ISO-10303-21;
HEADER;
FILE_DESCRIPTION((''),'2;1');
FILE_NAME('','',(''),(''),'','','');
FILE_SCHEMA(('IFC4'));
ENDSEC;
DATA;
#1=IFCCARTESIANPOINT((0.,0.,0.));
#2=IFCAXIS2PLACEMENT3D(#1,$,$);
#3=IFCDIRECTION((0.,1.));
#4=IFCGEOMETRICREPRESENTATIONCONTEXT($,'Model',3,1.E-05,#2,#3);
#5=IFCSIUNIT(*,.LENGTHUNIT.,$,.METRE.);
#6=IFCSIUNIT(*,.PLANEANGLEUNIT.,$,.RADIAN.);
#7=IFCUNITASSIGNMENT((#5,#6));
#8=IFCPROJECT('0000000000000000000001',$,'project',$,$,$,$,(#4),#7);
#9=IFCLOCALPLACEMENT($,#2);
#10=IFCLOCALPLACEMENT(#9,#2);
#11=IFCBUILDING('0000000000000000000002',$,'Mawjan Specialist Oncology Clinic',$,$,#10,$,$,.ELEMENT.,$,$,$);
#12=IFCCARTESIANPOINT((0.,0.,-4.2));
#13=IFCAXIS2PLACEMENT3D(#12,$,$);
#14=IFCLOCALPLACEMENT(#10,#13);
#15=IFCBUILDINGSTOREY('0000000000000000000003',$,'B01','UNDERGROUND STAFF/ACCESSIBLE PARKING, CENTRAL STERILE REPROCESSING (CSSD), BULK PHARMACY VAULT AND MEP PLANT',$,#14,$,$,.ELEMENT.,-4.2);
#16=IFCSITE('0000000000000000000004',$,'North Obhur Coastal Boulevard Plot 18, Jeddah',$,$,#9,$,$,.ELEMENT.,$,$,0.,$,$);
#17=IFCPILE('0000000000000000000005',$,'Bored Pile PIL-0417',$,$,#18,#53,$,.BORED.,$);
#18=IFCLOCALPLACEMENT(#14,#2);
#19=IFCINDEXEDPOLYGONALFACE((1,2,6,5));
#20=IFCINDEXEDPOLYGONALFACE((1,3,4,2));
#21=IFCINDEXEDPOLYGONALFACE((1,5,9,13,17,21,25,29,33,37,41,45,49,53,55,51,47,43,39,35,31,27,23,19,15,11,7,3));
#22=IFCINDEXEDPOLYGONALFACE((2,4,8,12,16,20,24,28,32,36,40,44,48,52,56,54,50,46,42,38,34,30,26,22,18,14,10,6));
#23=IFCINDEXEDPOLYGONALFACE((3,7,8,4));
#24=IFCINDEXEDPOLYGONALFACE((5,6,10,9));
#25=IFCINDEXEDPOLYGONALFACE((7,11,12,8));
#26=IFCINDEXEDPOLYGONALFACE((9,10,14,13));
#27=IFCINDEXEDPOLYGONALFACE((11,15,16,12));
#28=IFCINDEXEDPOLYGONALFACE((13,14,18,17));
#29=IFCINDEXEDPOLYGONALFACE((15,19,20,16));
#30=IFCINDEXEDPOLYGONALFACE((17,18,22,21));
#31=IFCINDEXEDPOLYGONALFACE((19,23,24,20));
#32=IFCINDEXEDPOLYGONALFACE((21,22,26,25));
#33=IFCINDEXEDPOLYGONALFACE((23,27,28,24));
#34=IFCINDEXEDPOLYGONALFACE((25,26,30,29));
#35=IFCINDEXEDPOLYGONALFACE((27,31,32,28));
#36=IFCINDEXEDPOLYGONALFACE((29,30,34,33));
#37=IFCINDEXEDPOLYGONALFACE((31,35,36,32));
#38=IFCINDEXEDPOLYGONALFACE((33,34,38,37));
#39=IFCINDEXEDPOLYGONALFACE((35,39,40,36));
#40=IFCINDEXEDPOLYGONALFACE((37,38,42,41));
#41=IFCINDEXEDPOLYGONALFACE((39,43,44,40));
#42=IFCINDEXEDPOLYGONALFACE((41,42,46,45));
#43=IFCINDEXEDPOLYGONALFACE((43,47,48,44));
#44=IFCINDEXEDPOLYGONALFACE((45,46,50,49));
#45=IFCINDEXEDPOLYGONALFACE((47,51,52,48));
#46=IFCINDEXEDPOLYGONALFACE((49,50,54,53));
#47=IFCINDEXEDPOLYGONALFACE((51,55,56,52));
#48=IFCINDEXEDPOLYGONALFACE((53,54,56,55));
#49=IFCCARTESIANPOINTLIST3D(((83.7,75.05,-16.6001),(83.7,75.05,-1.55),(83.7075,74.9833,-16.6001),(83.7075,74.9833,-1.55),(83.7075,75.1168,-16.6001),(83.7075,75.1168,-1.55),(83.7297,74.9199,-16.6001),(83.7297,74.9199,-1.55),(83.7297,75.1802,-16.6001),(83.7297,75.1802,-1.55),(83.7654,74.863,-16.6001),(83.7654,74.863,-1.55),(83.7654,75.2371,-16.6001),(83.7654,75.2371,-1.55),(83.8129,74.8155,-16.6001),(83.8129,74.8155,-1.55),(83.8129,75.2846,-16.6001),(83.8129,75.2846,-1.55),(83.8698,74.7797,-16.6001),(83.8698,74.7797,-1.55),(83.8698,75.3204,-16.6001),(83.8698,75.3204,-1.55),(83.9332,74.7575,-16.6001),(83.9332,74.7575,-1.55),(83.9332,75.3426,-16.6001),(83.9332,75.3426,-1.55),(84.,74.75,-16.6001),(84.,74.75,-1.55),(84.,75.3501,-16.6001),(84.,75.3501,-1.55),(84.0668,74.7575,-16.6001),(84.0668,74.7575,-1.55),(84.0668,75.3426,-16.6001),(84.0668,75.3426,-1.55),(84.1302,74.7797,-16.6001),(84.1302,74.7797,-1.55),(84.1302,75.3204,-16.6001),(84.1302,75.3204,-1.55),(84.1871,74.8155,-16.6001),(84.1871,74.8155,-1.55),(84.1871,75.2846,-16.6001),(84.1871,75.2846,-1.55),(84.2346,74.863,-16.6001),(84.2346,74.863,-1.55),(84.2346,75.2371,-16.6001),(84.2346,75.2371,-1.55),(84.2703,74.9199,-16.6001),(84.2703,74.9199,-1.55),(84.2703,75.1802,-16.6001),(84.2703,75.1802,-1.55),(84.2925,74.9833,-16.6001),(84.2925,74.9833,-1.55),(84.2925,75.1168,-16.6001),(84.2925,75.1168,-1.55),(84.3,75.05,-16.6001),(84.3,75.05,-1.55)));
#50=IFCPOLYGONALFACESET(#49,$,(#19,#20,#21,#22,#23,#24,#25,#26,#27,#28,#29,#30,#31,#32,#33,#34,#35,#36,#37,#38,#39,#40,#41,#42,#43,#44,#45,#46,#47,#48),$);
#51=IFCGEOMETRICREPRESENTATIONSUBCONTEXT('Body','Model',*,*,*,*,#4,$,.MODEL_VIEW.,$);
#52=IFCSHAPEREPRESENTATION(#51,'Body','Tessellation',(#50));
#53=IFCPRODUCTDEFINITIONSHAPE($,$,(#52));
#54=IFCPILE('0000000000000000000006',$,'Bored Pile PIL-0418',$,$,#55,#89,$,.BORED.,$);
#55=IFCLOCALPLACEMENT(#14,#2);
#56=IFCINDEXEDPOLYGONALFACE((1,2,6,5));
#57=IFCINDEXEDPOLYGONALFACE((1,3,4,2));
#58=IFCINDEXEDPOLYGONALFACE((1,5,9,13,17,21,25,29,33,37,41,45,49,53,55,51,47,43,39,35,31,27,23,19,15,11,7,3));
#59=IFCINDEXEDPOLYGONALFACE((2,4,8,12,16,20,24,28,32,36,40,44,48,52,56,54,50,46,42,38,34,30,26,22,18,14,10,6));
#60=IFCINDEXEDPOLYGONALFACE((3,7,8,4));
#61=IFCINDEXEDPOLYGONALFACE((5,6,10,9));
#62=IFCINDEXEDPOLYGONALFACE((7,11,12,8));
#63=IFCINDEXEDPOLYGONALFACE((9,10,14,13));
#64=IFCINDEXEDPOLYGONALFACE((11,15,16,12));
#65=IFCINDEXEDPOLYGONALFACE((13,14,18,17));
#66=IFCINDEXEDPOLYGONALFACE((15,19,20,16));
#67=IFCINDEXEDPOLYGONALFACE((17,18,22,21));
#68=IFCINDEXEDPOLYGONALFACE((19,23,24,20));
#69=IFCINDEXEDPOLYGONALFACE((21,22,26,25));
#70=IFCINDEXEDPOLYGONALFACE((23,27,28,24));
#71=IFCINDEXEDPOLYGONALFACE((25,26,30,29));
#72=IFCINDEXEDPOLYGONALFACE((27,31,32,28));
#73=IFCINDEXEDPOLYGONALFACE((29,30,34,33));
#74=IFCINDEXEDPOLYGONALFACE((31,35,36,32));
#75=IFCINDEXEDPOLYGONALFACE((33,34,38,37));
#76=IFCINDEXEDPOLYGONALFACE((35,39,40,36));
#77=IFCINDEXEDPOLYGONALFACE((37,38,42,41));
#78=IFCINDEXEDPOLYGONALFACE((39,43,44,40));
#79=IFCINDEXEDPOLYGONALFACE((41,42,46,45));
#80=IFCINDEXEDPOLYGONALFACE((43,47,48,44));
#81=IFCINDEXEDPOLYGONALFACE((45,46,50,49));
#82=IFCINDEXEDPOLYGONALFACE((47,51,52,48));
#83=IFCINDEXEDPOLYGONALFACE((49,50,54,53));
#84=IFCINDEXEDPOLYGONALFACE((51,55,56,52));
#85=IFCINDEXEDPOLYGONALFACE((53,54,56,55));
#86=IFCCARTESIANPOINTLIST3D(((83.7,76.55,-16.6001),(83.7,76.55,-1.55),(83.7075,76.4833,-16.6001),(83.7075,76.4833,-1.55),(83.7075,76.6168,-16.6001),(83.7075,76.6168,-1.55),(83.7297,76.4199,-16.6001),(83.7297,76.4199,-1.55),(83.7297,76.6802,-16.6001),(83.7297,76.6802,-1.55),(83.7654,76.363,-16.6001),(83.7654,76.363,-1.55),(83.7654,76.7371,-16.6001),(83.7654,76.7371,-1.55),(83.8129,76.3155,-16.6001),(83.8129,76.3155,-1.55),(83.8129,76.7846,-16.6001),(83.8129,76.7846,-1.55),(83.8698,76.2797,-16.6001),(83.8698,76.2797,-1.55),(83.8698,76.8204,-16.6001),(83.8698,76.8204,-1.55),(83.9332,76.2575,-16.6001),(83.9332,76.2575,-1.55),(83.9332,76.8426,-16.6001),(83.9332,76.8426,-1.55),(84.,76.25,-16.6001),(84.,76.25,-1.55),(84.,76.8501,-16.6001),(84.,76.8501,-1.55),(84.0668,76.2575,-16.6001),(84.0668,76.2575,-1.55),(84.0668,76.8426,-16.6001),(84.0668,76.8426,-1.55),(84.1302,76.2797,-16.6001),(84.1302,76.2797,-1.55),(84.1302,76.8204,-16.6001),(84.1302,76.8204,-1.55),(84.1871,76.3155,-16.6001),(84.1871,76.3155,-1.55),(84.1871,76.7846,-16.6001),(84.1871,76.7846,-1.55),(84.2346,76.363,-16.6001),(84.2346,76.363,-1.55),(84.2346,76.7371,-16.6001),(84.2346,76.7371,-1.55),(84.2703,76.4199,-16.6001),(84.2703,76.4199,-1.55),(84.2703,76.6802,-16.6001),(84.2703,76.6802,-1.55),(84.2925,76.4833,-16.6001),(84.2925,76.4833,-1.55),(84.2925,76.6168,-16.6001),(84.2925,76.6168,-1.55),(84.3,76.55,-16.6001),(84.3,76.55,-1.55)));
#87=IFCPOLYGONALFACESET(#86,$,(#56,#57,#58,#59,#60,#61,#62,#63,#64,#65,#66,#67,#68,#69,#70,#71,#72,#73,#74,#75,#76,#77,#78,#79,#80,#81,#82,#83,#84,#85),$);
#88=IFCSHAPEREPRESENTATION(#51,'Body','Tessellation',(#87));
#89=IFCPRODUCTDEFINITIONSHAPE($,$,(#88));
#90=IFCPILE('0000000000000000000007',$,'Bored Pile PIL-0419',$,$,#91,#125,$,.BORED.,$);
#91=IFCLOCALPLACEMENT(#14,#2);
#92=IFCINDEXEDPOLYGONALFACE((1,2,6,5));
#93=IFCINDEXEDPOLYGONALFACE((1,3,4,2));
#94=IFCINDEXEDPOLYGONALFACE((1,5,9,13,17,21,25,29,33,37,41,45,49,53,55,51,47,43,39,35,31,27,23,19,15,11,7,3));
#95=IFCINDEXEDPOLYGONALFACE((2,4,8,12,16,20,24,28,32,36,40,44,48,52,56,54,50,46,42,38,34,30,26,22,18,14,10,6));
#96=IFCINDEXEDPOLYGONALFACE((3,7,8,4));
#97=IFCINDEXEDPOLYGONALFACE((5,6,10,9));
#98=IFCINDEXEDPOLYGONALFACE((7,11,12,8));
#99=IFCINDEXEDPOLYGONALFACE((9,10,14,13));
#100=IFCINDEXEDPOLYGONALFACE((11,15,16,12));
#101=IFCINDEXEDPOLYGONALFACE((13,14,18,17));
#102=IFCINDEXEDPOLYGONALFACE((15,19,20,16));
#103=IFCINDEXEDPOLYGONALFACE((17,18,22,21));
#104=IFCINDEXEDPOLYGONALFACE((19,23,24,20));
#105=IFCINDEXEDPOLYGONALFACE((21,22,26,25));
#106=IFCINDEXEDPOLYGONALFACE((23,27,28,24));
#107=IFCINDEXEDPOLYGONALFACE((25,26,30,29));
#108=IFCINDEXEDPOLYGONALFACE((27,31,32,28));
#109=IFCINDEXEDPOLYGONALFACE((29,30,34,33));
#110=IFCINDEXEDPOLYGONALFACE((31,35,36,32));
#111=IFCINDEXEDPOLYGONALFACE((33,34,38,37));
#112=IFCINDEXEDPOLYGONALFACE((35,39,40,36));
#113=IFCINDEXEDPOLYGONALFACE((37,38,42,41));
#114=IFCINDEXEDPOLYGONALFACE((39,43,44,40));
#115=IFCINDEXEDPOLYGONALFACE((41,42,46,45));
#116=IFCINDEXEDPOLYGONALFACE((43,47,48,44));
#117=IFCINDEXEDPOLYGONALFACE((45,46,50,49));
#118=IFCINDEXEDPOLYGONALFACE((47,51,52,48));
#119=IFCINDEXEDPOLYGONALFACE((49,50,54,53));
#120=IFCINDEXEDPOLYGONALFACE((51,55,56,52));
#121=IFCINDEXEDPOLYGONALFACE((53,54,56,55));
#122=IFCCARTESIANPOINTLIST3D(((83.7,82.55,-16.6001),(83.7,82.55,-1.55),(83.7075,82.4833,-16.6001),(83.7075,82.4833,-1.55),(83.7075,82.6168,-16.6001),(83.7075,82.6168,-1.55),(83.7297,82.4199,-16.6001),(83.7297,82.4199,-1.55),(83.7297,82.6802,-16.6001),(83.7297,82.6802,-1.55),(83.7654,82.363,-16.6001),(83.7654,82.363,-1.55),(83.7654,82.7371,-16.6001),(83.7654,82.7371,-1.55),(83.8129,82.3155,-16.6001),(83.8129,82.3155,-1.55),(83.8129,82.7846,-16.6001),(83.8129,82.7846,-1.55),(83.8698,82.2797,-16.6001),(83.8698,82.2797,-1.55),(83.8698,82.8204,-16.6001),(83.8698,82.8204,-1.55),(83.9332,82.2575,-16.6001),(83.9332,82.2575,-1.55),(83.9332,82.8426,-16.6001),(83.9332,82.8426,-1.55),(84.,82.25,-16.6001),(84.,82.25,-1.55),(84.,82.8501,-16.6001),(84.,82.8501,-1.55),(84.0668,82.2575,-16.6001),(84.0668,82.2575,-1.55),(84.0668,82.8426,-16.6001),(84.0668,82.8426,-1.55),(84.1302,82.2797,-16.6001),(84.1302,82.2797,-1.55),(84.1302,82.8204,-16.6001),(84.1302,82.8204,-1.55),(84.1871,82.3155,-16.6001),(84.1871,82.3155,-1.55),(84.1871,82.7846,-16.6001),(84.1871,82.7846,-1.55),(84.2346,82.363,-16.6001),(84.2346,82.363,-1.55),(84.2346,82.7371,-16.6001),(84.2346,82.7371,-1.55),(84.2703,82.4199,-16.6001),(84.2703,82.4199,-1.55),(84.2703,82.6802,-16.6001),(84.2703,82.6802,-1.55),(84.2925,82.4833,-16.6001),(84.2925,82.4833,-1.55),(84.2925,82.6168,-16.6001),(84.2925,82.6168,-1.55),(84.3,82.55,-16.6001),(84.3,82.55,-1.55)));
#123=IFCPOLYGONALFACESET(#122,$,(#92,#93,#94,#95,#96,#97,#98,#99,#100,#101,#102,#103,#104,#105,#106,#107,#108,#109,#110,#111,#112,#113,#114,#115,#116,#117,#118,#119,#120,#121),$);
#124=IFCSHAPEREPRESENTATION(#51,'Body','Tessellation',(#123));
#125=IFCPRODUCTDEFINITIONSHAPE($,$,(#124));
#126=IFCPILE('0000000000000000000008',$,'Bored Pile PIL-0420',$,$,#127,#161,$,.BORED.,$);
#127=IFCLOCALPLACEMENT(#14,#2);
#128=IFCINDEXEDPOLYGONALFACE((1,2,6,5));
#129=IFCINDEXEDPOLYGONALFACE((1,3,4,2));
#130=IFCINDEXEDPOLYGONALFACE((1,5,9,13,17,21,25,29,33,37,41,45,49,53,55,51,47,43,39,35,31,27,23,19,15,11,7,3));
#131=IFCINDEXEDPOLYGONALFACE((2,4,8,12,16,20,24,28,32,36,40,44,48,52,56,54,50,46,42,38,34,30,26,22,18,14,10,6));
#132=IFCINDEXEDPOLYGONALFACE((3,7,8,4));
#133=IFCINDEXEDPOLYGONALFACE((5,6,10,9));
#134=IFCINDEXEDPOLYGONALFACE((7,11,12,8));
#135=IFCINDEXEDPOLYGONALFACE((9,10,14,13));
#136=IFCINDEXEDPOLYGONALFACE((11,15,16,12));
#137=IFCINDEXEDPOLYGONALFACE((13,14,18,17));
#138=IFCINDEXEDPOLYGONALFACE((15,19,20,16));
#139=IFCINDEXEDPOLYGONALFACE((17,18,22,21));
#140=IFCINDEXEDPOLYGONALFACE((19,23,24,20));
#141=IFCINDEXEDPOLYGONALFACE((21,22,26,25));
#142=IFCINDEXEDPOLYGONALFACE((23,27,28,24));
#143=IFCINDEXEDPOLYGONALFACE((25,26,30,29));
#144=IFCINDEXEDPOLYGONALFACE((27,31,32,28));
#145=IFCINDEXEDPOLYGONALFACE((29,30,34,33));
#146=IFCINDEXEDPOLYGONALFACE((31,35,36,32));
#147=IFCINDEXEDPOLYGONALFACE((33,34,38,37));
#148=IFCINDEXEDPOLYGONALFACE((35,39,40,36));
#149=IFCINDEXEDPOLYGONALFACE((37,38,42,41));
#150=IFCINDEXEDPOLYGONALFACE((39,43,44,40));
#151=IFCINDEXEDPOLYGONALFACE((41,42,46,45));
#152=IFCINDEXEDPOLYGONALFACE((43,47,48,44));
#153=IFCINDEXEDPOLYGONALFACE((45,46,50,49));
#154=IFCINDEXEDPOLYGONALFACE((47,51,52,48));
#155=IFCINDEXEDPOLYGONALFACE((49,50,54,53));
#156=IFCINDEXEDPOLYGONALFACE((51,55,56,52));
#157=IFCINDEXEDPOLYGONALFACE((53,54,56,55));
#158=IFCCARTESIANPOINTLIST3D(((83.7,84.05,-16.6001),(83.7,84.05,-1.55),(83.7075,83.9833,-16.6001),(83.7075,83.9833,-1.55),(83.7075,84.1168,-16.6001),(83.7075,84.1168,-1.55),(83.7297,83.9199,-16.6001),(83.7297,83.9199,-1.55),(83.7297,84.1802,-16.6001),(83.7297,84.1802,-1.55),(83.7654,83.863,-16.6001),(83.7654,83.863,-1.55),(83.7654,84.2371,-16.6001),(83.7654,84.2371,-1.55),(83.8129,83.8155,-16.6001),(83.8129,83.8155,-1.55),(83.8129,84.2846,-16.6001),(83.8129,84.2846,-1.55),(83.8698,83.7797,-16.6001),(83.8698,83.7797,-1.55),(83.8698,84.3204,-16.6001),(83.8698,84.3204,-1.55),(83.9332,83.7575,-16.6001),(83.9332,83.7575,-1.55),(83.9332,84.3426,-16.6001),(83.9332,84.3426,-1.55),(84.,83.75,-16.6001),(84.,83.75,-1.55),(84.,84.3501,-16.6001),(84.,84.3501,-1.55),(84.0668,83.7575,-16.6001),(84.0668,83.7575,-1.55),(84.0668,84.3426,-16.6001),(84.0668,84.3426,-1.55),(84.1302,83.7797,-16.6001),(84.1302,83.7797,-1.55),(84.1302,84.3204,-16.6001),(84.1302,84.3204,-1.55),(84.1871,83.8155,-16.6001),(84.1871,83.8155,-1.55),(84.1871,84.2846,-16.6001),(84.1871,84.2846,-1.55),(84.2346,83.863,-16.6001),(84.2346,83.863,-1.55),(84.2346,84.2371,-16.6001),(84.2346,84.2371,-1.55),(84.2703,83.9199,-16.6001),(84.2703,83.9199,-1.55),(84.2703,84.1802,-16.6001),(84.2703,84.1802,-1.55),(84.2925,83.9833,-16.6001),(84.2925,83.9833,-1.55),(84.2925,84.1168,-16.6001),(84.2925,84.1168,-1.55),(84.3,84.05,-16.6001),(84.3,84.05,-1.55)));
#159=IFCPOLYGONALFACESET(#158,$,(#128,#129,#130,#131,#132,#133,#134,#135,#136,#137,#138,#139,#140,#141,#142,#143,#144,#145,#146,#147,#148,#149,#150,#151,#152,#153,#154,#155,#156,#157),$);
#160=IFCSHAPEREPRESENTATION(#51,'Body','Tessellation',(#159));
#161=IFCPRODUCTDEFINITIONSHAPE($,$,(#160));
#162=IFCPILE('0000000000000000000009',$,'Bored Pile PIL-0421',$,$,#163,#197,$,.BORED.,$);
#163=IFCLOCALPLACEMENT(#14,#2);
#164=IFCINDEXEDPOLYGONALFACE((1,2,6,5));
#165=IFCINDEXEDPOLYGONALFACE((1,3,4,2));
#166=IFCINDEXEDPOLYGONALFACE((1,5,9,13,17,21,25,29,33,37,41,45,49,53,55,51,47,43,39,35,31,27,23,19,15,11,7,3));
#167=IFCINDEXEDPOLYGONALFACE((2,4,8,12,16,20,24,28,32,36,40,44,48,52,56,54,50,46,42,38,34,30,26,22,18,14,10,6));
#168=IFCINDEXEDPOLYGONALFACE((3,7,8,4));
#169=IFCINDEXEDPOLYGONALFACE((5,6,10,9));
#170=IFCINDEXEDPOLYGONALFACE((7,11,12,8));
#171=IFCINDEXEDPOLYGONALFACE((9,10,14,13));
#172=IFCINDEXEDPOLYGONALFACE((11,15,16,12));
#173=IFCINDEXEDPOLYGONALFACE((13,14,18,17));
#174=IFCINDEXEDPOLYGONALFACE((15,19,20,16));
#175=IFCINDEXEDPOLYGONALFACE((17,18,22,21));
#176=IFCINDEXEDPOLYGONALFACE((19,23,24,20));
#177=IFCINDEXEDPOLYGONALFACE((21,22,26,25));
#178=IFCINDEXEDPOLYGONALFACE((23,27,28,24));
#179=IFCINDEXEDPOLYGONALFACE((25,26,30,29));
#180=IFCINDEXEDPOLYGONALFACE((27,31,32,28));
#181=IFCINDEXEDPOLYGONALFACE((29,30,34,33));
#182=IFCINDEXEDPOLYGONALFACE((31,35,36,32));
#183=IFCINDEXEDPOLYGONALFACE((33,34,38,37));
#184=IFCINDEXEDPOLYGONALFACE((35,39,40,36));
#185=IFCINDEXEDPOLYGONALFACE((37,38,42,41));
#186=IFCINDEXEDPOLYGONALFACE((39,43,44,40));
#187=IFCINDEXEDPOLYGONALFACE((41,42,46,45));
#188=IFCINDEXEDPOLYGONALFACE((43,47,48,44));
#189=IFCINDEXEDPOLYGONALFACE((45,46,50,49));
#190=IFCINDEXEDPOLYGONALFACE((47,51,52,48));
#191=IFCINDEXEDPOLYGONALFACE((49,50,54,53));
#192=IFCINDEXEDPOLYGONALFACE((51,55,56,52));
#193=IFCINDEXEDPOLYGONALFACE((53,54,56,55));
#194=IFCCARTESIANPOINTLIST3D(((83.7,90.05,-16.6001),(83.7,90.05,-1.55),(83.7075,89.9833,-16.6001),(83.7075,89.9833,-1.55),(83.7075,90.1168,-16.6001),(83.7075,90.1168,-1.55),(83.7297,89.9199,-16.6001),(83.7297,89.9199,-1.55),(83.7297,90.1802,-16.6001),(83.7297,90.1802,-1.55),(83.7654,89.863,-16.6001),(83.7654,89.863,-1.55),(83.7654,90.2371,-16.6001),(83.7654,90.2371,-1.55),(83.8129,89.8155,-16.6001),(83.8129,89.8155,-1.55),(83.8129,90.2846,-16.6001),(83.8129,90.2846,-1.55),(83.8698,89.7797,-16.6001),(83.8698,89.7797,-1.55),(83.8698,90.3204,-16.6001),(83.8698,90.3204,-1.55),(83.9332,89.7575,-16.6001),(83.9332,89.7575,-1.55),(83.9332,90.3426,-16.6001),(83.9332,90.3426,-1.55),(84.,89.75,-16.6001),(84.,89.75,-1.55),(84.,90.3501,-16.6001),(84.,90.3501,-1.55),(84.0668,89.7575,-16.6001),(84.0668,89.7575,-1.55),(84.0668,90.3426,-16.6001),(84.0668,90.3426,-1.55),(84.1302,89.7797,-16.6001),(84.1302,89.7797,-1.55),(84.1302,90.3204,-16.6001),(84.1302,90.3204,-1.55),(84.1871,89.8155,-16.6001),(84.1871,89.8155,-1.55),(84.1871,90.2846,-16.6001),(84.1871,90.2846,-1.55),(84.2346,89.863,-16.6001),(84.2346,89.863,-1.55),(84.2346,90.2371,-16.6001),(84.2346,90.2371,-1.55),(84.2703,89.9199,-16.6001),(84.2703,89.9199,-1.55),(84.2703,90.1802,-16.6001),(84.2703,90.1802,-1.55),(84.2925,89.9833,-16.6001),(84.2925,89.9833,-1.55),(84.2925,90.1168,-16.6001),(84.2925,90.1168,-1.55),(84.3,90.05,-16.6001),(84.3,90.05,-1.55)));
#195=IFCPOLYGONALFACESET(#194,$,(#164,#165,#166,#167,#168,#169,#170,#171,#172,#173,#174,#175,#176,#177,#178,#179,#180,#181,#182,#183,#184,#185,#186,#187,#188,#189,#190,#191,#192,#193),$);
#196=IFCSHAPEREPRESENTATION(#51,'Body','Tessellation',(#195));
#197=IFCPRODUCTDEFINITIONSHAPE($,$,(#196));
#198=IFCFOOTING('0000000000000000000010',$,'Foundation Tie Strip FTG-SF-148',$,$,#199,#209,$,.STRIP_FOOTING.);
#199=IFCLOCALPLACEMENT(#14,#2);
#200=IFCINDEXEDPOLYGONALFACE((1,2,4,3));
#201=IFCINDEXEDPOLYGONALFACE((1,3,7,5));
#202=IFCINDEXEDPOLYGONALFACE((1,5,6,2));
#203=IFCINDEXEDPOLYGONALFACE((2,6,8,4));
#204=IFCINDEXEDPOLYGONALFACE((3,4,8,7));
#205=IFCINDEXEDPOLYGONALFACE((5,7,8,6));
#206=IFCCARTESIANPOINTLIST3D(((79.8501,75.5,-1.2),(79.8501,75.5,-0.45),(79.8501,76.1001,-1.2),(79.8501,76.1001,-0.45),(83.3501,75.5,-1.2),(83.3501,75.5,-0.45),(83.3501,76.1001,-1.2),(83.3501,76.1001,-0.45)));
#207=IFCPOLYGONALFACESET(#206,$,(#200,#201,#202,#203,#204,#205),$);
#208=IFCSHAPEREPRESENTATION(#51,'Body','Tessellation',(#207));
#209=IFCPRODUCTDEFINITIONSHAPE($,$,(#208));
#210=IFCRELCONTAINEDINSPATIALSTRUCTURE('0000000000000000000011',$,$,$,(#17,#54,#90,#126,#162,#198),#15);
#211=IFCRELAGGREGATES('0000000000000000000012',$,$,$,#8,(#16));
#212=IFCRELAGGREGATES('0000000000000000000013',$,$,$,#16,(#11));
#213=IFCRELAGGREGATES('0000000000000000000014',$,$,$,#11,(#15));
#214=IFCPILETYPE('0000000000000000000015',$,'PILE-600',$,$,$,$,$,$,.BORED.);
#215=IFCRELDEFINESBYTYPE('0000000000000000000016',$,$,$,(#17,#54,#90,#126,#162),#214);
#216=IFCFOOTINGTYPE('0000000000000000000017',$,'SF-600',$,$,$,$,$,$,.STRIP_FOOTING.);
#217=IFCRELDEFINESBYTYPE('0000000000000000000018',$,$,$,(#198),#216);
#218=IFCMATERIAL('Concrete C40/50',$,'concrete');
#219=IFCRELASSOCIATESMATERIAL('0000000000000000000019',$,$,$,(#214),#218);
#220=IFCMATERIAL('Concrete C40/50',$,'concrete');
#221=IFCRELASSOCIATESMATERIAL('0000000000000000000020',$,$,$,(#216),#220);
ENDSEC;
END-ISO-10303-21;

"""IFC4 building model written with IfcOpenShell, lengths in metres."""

from ifc_helpers import new_model, si_unit, direction, frame, origin, origin_2d, place, context, subcontext, project, spatial, rectangle, circle, extrude, material, material_profile, profile_set, type_object, element, save


model = new_model("IFC4")

# Units and contexts
model_context = context("Model", 3, precision=1e-05, world=origin(), true_north=direction((0.0, 1.0)))
body_context = subcontext(model_context, "Body", "Model", "MODEL_VIEW")
ifc_project = project(units=[si_unit("LENGTHUNIT", "METRE"), si_unit("PLANEANGLEUNIT", "RADIAN")], contexts=[model_context])

# Site, building, storey
site_placement = place(None, origin())
site = spatial("IfcSite", under=ifc_project, at=site_placement, Name="North Obhur Coastal Boulevard Plot 18, Jeddah", CompositionType="ELEMENT", RefElevation=0.0)
building_placement = place(site_placement, origin())
building = spatial("IfcBuilding", under=site, at=building_placement, Name="Mawjan Specialist Oncology Clinic", CompositionType="ELEMENT")
storey_placement = place(building_placement, frame((0.0, 0.0, -4.2)))
storey = spatial("IfcBuildingStorey", under=building, at=storey_placement, Name="B01", Description="UNDERGROUND STAFF/ACCESSIBLE PARKING, CENTRAL STERILE REPROCESSING (CSSD), BULK PHARMACY VAULT AND MEP PLANT", CompositionType="ELEMENT", Elevation=-4.2)

# Piles
ifc_material_1 = material(Name="Concrete C40/50", Category="concrete")
ifc_material_profile_1 = material_profile(ifc_material_1, circle(Radius=0.3, at=origin_2d()), Name="BORED PILE D600", Category="concrete")
ifc_profile_set_1 = profile_set([ifc_material_profile_1], Name="Concrete C40/50")
pile_type = type_object("IfcPileType", Name="PILE-600", PredefinedType="BORED", material=ifc_profile_set_1)
for number, where, z_axis, x_axis, name in (
    (1, (84.0, 75.05, -1.55), (0.0, 0.0, -1.0), (1.0, 0.0, 0.0), "Bored Pile PIL-0417"),
    (2, (84.0, 76.55, -1.55), (0.0, 0.0, -1.0), (1.0, 0.0, 0.0), "Bored Pile PIL-0418"),
    (3, (84.0, 82.55, -1.55), (0.0, 0.0, -1.0), (1.0, 0.0, 0.0), "Bored Pile PIL-0419"),
    (4, (84.0, 84.05, -1.55), (0.0, 0.0, -1.0), (1.0, 0.0, 0.0), "Bored Pile PIL-0420"),
    (5, (84.0, 90.05, -1.55), (0.0, 0.0, -1.0), (1.0, 0.0, 0.0), "Bored Pile PIL-0421"),
):
    element("IfcPile", number, at=place(storey_placement, frame(where, z_axis=z_axis, x_axis=x_axis)), inside=storey, type_object=pile_type, Name=name, PredefinedType="BORED", context=body_context, shape_type="SweptSolid", body=[
        extrude(circle(Radius=0.3, at=origin_2d()), origin(), (0.0, 0.0, 1.0), 15.05),
    ])

# Footing
ifc_material_2 = material(Name="Concrete C40/50", Category="concrete")
footing_type_1 = type_object("IfcFootingType", Name="SF-600", PredefinedType="STRIP_FOOTING", material=ifc_material_2)
for number, where, z_axis, x_axis, name in (
    (6, (81.6001, 75.8, -1.2), (0.0, 0.0, 1.0), (1.0, 0.0, 0.0), "Foundation Tie Strip FTG-SF-148"),
):
    element("IfcFooting", number, at=place(storey_placement, frame(where, z_axis=z_axis, x_axis=x_axis)), inside=storey, type_object=footing_type_1, Name=name, PredefinedType="STRIP_FOOTING", context=body_context, shape_type="SweptSolid", body=[
        extrude(rectangle(XDim=3.5, YDim=0.6001, at=origin_2d()), origin(), (0.0, 0.0, 1.0), 0.75),
    ])

save(model, "model.ifc")
